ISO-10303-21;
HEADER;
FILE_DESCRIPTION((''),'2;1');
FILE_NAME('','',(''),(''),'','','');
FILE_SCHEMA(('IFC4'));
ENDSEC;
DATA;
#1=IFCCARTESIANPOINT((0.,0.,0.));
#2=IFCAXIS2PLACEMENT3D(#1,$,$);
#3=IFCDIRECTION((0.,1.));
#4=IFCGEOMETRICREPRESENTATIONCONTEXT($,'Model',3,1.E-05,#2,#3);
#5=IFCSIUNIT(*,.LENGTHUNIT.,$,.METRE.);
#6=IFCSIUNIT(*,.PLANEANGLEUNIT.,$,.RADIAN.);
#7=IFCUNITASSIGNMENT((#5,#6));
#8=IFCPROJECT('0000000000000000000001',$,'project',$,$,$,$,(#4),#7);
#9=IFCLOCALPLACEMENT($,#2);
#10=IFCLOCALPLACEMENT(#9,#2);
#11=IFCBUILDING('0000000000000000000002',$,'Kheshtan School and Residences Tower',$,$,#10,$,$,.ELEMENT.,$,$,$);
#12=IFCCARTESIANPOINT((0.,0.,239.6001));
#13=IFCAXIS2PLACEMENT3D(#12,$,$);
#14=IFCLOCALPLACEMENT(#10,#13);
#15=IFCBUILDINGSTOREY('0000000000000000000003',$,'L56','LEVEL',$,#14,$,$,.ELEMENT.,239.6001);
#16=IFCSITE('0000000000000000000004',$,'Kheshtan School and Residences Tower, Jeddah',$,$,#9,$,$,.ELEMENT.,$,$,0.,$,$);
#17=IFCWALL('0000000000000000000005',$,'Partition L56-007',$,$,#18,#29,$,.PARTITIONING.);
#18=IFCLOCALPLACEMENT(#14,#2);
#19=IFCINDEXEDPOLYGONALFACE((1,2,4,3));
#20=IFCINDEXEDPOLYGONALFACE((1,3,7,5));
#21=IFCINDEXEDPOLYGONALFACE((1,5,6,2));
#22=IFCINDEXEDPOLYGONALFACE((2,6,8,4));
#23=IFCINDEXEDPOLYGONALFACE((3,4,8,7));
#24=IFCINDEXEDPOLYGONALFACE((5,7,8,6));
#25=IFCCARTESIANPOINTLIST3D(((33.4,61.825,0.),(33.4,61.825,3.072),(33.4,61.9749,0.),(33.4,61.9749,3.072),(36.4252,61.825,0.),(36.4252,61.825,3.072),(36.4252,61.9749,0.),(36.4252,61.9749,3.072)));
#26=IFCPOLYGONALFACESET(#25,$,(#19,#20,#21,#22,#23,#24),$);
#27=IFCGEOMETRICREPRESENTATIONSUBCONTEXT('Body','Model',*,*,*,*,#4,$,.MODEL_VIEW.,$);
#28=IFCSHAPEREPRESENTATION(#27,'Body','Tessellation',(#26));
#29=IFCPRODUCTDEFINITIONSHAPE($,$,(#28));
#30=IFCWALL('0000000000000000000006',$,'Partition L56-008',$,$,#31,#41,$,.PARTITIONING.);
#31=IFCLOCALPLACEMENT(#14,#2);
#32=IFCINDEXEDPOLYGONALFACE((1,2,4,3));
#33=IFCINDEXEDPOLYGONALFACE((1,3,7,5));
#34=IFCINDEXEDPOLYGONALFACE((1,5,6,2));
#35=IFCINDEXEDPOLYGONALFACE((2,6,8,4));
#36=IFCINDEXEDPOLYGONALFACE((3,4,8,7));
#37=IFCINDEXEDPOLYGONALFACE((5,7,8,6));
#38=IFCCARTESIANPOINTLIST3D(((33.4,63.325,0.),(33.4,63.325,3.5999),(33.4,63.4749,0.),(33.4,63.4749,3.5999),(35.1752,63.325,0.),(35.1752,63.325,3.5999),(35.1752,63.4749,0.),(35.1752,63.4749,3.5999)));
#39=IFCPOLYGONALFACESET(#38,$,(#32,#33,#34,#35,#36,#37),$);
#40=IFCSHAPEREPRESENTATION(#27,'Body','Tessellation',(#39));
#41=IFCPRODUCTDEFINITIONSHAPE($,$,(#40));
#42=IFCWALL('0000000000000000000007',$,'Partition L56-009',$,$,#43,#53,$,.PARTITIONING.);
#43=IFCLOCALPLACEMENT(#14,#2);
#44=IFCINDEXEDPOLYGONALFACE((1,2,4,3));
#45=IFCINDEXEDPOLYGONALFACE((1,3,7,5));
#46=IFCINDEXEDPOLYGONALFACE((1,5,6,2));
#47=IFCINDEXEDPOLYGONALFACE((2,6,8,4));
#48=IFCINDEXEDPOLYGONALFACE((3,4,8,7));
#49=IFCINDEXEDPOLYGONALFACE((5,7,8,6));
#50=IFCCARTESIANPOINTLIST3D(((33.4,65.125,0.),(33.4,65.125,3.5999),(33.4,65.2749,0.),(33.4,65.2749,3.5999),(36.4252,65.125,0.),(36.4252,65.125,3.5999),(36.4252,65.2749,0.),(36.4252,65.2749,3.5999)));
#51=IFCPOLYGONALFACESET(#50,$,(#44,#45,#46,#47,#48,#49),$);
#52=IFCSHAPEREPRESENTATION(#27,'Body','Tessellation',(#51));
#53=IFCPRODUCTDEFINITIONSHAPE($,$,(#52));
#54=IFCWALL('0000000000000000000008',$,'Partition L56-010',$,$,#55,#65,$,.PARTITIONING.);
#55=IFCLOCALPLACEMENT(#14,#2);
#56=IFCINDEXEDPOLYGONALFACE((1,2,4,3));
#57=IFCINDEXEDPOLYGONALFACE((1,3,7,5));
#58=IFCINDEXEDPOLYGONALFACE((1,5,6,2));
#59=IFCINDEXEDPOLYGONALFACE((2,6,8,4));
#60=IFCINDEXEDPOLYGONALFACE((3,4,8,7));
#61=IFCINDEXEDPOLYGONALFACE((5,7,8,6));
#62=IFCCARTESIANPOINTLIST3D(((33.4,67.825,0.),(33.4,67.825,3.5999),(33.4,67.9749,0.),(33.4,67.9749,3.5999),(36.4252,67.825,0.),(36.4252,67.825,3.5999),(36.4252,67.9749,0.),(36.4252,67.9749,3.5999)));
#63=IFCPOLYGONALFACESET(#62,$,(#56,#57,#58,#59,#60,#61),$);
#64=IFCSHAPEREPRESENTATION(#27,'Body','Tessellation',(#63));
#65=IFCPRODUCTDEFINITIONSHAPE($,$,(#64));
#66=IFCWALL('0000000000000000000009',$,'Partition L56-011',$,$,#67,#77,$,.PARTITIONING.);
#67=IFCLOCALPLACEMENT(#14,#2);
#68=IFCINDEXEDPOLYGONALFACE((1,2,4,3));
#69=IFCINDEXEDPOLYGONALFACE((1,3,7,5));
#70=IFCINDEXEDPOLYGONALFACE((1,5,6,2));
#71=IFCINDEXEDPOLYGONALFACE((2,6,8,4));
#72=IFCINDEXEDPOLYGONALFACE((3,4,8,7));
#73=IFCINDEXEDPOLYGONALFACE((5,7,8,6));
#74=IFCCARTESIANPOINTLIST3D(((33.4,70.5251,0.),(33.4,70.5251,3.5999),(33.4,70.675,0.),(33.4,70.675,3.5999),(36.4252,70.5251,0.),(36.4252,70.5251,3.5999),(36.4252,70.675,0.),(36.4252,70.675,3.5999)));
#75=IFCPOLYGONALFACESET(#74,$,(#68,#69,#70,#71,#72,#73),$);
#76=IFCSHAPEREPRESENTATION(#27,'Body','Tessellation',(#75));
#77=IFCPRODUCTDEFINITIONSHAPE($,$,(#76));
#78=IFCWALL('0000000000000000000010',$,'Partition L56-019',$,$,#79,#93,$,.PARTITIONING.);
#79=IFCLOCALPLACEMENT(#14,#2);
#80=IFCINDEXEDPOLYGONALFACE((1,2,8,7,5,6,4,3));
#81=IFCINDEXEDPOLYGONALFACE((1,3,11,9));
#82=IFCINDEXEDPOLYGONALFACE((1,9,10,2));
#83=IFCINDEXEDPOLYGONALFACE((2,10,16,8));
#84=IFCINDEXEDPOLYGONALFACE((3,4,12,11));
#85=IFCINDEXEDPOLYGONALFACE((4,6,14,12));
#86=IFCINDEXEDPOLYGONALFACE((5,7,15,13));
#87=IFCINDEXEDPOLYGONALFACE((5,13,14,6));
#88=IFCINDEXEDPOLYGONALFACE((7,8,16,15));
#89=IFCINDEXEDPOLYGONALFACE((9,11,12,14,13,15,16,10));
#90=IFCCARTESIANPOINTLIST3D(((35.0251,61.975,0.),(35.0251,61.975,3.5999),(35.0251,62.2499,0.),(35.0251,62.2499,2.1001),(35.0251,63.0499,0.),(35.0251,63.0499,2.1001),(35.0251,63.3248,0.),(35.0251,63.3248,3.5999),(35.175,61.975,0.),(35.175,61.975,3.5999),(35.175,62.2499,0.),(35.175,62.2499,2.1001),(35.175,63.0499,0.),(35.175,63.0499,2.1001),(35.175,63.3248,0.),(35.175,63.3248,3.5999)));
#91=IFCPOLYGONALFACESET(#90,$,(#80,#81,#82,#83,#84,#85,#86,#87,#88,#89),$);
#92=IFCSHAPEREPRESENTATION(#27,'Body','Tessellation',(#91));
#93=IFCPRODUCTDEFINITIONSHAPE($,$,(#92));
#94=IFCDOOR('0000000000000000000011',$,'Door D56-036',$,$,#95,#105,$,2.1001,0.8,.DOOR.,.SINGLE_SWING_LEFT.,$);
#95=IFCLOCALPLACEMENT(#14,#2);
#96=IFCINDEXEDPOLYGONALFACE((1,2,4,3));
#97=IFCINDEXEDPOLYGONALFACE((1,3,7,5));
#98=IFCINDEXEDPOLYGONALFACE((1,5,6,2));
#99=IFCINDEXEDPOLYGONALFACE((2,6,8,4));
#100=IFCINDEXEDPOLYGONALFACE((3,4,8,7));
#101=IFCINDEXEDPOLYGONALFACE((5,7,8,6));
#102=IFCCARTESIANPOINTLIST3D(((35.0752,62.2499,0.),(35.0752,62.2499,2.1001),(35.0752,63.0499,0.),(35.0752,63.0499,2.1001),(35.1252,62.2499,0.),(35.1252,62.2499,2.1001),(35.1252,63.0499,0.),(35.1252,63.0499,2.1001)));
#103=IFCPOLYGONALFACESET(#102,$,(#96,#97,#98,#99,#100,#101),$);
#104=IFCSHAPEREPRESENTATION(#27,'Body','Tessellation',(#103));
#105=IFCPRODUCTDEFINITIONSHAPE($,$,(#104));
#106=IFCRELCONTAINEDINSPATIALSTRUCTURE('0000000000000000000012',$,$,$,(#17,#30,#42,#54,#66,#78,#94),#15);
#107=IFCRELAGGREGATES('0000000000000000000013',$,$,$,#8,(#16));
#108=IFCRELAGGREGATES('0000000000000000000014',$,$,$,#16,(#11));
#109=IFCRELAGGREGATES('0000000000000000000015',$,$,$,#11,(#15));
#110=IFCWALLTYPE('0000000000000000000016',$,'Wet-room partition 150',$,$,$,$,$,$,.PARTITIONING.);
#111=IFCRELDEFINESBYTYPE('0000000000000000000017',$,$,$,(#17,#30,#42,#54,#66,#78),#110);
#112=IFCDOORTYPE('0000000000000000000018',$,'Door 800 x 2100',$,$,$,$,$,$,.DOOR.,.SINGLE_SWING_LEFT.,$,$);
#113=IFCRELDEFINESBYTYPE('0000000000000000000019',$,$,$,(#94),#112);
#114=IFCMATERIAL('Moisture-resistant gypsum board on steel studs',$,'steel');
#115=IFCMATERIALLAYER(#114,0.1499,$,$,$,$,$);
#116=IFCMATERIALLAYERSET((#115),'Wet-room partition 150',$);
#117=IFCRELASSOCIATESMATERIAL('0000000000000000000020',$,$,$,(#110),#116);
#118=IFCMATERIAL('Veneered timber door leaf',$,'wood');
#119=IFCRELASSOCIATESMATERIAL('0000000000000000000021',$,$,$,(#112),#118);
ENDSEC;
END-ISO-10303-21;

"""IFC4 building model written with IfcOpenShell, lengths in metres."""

from ifc_helpers import new_model, si_unit, direction, frame, frame_2d, origin, place, context, subcontext, project, spatial, rectangle, extrude, source, transform, mapped, material, layer, layer_set, type_object, element, fill, save


model = new_model("IFC4")

# Units and contexts
model_context = context("Model", 3, precision=1e-05, world=origin(), true_north=direction((0.0, 1.0)))
body_context = subcontext(model_context, "Body", "Model", "MODEL_VIEW")
ifc_project = project(units=[si_unit("LENGTHUNIT", "METRE"), si_unit("PLANEANGLEUNIT", "RADIAN")], contexts=[model_context])

# Site, building, storey
site_placement = place(None, origin())
site = spatial("IfcSite", under=ifc_project, at=site_placement, Name="Kheshtan School and Residences Tower, Jeddah", CompositionType="ELEMENT", RefElevation=0.0)
building_placement = place(site_placement, origin())
building = spatial("IfcBuilding", under=site, at=building_placement, Name="Kheshtan School and Residences Tower", CompositionType="ELEMENT")
storey_placement = place(building_placement, frame((0.0, 0.0, 239.6001)))
storey = spatial("IfcBuildingStorey", under=building, at=storey_placement, Name="L56", Description="LEVEL", CompositionType="ELEMENT", Elevation=239.6001)

# Walls
ifc_material_1 = material(Name="Moisture-resistant gypsum board on steel studs", Category="steel")
ifc_layer_1 = layer(ifc_material_1, 0.1499)
ifc_layer_set_1 = layer_set([ifc_layer_1], Name="Wet-room partition 150")
wall_type_1 = type_object("IfcWallType", Name="Wet-room partition 150", PredefinedType="PARTITIONING", material=ifc_layer_set_1)
wall_1_placement = place(storey_placement, frame((33.3999, 61.8999, 0.0), z_axis=(0.0, 0.0, 1.0), x_axis=(1.0, 0.0, 0.0)))
element("IfcWall", 1, at=wall_1_placement, inside=storey, type_object=wall_type_1, Name="Partition L56-007", PredefinedType="PARTITIONING", context=body_context, shape_type="SweptSolid", body=[
    extrude(rectangle(XDim=3.0251, YDim=0.1499, at=frame_2d((1.5127, 0.0))), origin(), (0.0, 0.0, 1.0), 3.072),
])
wall_2_placement = place(storey_placement, frame((33.3999, 63.3999, 0.0), z_axis=(0.0, 0.0, 1.0), x_axis=(1.0, 0.0, 0.0)))
element("IfcWall", 2, at=wall_2_placement, inside=storey, type_object=wall_type_1, Name="Partition L56-008", PredefinedType="PARTITIONING", context=body_context, shape_type="SweptSolid", body=[
    extrude(rectangle(XDim=1.7751, YDim=0.1499, at=frame_2d((0.8877, 0.0))), origin(), (0.0, 0.0, 1.0), 3.5999),
])
for number, where, z_axis, x_axis, name in (
    (3, (33.3999, 65.2, 0.0), (0.0, 0.0, 1.0), (1.0, 0.0, 0.0), "Partition L56-009"),
    (4, (33.3999, 67.8999, 0.0), (0.0, 0.0, 1.0), (1.0, 0.0, 0.0), "Partition L56-010"),
    (5, (33.3999, 70.6001, 0.0), (0.0, 0.0, 1.0), (1.0, 0.0, 0.0), "Partition L56-011"),
):
    element("IfcWall", number, at=place(storey_placement, frame(where, z_axis=z_axis, x_axis=x_axis)), inside=storey, type_object=wall_type_1, Name=name, PredefinedType="PARTITIONING", context=body_context, shape_type="SweptSolid", body=[
        extrude(rectangle(XDim=3.0251, YDim=0.1499, at=frame_2d((1.5127, 0.0))), origin(), (0.0, 0.0, 1.0), 3.5999),
    ])

# Wall, opening, door
wall_3_placement = place(storey_placement, frame((35.1001, 61.9751, 0.0), z_axis=(0.0, 0.0, 1.0), x_axis=(0.0, 1.0, 0.0)))
wall_3 = element("IfcWall", 6, at=wall_3_placement, inside=storey, type_object=wall_type_1, Name="Partition L56-019", PredefinedType="PARTITIONING", context=body_context, shape_type="SweptSolid", body=[
    extrude(rectangle(XDim=1.3499, YDim=0.1499, at=frame_2d((0.6748, 0.0))), origin(), (0.0, 0.0, 1.0), 3.5999),
])
opening_1_placement = place(wall_3_placement, frame((0.2749, 0.0, 0.0)))
opening_1 = element("IfcOpeningElement", 7, at=opening_1_placement, cuts=wall_3, PredefinedType="OPENING", context=body_context, shape_type="SweptSolid", body=[
    extrude(rectangle(XDim=0.8, YDim=2.1001, at=frame_2d((0.3999, 1.05))), frame((0.0, 0.085, 0.0), z_axis=(0.0, -1.0, 0.0), x_axis=(1.0, 0.0, 0.0)), (0.0, 0.0, 1.0), 0.1699),
])
ifc_material_2 = material(Name="Veneered timber door leaf", Category="wood")
door_type_1 = type_object("IfcDoorType", Name="Door 800 x 2100", OperationType="SINGLE_SWING_LEFT", PredefinedType="DOOR", material=ifc_material_2)
shared_shape_1 = source(origin(), body_context, "Body", "SweptSolid", [
    extrude(rectangle(XDim=0.8, YDim=2.1001, at=frame_2d((0.3999, 1.05))), frame((0.0, 0.0249, 0.0), z_axis=(0.0, -1.0, 0.0), x_axis=(1.0, 0.0, 0.0)), (0.0, 0.0, 1.0), 0.05),
])
door_1_placement = place(opening_1_placement, origin())
door_1 = element("IfcDoor", 8, at=door_1_placement, inside=storey, type_object=door_type_1, Name="Door D56-036", OperationType="SINGLE_SWING_LEFT", OverallHeight=2.1001, OverallWidth=0.8, PredefinedType="DOOR", context=body_context, shape_type="MappedRepresentation", body=[
    mapped(shared_shape_1, transform((0.0, 0.0, 0.0), x_axis=(1.0, 0.0, 0.0), y_axis=(0.0, 1.0, 0.0), z_axis=(0.0, 0.0, 1.0), scale=1.0)),
])
fill(opening_1, door_1)

save(model, "model.ifc")
